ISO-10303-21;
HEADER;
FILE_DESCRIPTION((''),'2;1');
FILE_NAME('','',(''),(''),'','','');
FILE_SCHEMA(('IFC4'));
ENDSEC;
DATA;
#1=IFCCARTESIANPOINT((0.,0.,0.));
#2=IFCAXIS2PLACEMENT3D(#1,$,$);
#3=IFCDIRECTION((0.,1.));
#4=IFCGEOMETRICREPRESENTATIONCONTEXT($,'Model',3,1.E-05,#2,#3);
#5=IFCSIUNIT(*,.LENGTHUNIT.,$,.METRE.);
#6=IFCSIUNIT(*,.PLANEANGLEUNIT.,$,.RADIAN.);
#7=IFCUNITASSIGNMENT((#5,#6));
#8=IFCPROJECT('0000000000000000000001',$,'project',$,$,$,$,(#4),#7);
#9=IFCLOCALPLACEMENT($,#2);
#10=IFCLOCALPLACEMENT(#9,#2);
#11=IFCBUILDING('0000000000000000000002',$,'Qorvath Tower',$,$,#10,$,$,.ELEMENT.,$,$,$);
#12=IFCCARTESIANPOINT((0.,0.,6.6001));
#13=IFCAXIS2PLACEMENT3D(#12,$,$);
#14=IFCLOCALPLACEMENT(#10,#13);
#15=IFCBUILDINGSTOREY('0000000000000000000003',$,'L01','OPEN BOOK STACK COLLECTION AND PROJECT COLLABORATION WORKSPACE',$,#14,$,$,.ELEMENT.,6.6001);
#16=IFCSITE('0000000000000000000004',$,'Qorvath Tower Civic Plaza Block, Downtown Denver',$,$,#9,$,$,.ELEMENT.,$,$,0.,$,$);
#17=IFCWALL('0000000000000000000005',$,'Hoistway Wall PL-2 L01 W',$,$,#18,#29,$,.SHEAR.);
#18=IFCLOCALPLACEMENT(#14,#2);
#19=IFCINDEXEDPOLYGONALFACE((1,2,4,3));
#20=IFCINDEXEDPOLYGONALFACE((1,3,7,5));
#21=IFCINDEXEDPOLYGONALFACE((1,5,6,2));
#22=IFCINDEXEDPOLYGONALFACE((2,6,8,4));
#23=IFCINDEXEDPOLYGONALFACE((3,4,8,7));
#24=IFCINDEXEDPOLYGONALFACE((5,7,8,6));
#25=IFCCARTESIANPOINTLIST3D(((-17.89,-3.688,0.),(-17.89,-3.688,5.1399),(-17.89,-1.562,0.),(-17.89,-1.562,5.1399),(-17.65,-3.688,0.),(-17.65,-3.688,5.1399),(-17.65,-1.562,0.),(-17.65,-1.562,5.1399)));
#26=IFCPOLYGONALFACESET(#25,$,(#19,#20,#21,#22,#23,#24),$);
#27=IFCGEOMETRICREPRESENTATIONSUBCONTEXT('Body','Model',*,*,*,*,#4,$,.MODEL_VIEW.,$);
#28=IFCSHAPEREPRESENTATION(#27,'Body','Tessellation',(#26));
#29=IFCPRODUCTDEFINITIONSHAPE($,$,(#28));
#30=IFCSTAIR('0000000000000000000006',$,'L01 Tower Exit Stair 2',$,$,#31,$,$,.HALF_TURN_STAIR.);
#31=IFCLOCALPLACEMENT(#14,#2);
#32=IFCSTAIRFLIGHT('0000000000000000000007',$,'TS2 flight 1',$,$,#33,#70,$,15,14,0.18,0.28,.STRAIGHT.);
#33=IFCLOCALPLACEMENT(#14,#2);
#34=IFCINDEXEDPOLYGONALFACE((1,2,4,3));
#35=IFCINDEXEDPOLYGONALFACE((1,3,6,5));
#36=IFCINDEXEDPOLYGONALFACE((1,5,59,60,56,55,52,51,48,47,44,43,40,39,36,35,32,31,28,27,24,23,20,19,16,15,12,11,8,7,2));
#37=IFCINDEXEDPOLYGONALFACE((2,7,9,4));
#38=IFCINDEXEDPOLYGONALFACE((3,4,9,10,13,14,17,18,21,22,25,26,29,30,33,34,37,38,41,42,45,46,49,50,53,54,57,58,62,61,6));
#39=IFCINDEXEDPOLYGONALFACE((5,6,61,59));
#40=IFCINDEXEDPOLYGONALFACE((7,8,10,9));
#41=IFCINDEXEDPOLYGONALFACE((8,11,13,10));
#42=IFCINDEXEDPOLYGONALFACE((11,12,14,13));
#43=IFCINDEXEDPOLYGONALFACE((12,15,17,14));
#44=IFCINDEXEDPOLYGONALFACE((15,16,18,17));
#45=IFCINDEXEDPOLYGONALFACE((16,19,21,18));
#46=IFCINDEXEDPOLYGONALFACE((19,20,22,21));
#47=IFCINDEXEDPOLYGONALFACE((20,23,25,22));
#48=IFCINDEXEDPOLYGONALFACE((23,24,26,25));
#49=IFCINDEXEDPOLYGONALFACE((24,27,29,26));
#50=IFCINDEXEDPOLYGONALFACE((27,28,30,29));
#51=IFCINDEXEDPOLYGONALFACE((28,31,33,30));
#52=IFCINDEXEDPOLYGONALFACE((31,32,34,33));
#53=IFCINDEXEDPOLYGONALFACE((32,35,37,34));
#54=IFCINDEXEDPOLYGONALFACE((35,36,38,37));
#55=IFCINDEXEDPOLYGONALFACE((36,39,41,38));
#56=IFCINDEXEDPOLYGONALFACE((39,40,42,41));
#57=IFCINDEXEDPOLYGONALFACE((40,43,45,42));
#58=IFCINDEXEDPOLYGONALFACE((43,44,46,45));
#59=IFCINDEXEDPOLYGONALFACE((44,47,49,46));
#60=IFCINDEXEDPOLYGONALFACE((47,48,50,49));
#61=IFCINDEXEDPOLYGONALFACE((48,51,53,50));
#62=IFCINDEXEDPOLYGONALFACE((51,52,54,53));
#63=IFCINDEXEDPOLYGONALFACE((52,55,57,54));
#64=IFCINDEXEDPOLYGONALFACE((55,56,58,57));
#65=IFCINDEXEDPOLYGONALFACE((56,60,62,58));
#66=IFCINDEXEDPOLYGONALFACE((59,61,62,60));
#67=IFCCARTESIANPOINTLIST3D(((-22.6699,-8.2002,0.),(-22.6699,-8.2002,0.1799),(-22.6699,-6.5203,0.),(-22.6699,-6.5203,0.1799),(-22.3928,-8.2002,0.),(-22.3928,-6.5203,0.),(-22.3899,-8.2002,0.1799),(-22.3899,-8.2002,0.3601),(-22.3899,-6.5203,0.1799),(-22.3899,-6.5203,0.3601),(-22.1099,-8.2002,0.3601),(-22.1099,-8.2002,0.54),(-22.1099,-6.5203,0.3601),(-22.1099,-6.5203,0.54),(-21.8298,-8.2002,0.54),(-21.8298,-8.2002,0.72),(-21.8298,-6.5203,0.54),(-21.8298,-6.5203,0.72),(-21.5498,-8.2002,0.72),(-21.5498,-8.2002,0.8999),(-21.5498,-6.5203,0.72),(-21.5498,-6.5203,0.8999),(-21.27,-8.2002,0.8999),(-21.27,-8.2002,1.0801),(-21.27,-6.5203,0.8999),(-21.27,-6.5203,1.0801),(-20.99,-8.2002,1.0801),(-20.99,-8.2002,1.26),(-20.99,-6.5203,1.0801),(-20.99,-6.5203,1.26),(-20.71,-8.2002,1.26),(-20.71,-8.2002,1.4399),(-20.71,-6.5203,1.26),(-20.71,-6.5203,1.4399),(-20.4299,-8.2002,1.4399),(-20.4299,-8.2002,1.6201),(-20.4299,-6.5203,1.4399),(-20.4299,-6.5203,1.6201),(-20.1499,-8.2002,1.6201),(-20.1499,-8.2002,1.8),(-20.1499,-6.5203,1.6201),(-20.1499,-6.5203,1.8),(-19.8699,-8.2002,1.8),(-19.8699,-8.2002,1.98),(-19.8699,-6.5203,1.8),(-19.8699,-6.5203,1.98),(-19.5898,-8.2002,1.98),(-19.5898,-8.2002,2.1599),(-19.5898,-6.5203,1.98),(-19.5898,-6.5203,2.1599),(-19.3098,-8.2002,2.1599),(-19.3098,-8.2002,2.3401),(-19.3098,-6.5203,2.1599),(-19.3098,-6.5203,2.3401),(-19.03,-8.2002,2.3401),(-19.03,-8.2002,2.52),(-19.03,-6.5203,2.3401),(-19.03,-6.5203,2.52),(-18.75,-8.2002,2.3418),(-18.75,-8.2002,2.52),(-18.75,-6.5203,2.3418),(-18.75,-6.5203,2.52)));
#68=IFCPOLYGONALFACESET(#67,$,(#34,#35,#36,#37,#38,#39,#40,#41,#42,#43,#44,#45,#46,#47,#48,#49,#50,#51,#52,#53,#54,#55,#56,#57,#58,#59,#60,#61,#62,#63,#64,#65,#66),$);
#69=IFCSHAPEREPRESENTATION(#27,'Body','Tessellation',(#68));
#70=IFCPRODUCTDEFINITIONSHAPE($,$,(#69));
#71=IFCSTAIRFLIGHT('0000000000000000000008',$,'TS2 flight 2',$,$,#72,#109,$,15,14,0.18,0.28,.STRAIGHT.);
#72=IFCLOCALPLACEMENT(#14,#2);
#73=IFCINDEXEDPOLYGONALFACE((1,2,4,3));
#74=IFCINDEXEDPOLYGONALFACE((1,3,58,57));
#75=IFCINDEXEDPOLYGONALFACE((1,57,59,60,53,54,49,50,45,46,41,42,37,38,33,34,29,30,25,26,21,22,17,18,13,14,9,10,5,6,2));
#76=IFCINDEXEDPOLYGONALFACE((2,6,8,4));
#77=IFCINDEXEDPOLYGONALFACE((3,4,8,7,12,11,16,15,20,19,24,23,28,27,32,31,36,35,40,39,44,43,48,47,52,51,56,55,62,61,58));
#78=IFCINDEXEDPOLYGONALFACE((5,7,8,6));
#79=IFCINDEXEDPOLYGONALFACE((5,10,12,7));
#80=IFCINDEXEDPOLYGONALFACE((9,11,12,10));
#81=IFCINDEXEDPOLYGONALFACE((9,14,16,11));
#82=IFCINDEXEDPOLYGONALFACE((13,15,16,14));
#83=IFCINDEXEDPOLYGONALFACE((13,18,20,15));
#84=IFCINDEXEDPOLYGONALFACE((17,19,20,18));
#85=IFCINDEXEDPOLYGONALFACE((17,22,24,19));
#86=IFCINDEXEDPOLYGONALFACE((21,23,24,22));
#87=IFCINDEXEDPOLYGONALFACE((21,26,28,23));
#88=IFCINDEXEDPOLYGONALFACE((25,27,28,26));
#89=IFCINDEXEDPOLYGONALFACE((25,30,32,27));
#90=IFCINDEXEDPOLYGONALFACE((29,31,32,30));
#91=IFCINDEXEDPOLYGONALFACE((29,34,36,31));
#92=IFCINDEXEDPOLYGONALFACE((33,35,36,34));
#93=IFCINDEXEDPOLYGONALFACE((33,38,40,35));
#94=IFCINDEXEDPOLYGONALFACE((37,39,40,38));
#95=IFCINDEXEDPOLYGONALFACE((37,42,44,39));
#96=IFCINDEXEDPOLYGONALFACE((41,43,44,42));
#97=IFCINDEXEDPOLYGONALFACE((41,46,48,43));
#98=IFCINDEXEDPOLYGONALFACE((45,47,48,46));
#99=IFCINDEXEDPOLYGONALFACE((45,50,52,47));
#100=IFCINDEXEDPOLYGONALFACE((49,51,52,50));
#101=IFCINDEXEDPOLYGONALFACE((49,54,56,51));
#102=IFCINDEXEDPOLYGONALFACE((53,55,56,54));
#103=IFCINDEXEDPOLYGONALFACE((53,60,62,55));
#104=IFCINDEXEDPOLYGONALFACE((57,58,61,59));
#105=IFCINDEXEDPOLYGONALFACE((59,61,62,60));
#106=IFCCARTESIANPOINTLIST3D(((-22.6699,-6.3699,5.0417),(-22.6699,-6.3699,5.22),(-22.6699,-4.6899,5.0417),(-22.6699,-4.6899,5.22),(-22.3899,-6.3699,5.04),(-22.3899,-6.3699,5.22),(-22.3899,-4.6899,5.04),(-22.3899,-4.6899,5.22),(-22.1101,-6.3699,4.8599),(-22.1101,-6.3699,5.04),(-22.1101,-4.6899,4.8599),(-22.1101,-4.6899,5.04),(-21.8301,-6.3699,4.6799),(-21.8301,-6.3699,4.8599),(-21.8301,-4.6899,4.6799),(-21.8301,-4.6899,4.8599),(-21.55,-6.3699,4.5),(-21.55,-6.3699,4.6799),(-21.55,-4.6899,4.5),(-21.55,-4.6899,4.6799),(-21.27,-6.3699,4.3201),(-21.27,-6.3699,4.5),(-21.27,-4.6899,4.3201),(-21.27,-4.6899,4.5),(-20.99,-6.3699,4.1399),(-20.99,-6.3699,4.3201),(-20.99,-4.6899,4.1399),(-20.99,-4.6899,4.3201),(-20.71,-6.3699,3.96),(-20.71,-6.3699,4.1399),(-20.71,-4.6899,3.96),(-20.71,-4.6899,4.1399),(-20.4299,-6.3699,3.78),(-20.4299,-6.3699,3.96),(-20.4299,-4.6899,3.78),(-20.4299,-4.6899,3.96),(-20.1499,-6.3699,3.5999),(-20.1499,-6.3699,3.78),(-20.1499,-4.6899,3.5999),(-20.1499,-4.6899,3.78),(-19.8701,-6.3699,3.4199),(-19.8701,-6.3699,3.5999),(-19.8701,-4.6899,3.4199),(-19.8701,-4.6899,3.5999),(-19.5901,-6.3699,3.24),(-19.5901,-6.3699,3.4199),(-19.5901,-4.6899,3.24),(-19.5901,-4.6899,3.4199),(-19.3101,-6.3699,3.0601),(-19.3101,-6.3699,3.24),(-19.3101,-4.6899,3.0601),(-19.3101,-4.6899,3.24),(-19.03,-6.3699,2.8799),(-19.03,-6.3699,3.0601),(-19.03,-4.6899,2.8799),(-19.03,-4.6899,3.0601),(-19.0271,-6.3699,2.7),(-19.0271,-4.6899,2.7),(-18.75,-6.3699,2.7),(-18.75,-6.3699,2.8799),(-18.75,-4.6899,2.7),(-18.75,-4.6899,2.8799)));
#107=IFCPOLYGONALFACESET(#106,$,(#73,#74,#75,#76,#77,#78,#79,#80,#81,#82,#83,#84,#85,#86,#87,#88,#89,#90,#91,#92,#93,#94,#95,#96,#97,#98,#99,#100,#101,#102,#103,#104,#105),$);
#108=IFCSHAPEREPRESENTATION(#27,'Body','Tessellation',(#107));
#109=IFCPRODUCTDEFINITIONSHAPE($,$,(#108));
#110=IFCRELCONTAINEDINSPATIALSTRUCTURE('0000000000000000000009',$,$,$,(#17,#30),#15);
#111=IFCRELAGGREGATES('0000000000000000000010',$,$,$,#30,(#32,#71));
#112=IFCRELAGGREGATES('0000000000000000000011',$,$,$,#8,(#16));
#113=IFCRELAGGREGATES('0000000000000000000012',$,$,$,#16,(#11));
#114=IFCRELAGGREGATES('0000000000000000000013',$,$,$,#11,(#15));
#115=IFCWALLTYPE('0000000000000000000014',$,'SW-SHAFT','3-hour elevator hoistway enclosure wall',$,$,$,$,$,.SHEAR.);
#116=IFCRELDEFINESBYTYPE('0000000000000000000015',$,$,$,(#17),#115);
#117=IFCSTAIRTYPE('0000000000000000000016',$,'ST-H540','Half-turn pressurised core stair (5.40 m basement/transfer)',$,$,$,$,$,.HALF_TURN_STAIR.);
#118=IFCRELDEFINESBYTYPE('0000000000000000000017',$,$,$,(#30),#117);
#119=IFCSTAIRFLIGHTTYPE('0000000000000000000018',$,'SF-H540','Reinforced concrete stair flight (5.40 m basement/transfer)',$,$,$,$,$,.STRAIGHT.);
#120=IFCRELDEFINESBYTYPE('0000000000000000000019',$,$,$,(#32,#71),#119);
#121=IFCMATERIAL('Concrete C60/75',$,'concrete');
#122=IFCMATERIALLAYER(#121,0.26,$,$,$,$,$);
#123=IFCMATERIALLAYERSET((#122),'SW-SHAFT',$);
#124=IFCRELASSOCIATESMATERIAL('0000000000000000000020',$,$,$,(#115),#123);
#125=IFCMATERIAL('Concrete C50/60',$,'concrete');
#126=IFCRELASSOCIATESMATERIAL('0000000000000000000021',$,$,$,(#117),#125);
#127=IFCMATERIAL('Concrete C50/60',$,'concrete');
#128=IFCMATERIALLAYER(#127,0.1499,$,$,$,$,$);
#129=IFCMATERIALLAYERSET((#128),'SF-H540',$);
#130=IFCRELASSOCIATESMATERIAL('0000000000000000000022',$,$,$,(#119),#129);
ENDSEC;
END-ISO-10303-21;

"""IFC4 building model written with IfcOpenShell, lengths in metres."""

from ifc_helpers import new_model, si_unit, direction, frame, frame_2d, origin, place, context, subcontext, project, spatial, polyline, rectangle, outline, extrude, material, layer, layer_set, type_object, element, aggregate, save


model = new_model("IFC4")

# Units and contexts
model_context = context("Model", 3, precision=1e-05, world=origin(), true_north=direction((0.0, 1.0)))
body_context = subcontext(model_context, "Body", "Model", "MODEL_VIEW")
ifc_project = project(units=[si_unit("LENGTHUNIT", "METRE"), si_unit("PLANEANGLEUNIT", "RADIAN")], contexts=[model_context])

# Site, building, storey
site_placement = place(None, origin())
site = spatial("IfcSite", under=ifc_project, at=site_placement, Name="Qorvath Tower Civic Plaza Block, Downtown Denver", CompositionType="ELEMENT", RefElevation=0.0)
building_placement = place(site_placement, origin())
building = spatial("IfcBuilding", under=site, at=building_placement, Name="Qorvath Tower", CompositionType="ELEMENT")
storey_placement = place(building_placement, frame((0.0, 0.0, 6.6001)))
storey = spatial("IfcBuildingStorey", under=building, at=storey_placement, Name="L01", Description="OPEN BOOK STACK COLLECTION AND PROJECT COLLABORATION WORKSPACE", CompositionType="ELEMENT", Elevation=6.6001)

# Shared definitions
ifc_material_1 = material(Name="Concrete C60/75", Category="concrete")
ifc_layer_1 = layer(ifc_material_1, 0.26)
ifc_layer_set_1 = layer_set([ifc_layer_1], Name="SW-SHAFT")
wall_type_1 = type_object("IfcWallType", Name="SW-SHAFT", Description="3-hour elevator hoistway enclosure wall", PredefinedType="SHEAR", material=ifc_layer_set_1)

# Wall
wall_1_placement = place(storey_placement, frame((-17.77, -3.688, 0.0), z_axis=(0.0, 0.0, 1.0), x_axis=(0.0, 1.0, 0.0)))
element("IfcWall", 1, at=wall_1_placement, inside=storey, type_object=wall_type_1, Name="Hoistway Wall PL-2 L01 W", PredefinedType="SHEAR", context=body_context, shape_type="SweptSolid", body=[
    extrude(rectangle(XDim=2.126, YDim=0.24, at=frame_2d((1.063, 0.0))), origin(), (0.0, 0.0, 1.0), 5.1399),
])

# Stair, stair flights
ifc_material_2 = material(Name="Concrete C50/60", Category="concrete")
stair_type = type_object("IfcStairType", Name="ST-H540", Description="Half-turn pressurised core stair (5.40 m basement/transfer)", PredefinedType="HALF_TURN_STAIR", material=ifc_material_2)
stair_placement = place(storey_placement, origin())
stair = element("IfcStair", 2, at=stair_placement, inside=storey, type_object=stair_type, Name="L01 Tower Exit Stair 2", PredefinedType="HALF_TURN_STAIR")
ifc_material_3 = material(Name="Concrete C50/60", Category="concrete")
ifc_layer_2 = layer(ifc_material_3, 0.1499)
ifc_layer_set_2 = layer_set([ifc_layer_2], Name="SF-H540")
stair_flight_type = type_object("IfcStairFlightType", Name="SF-H540", Description="Reinforced concrete stair flight (5.40 m basement/transfer)", PredefinedType="STRAIGHT", material=ifc_layer_set_2)
stair_flight_1_placement = place(storey_placement, frame((-22.6699, -7.3601, 0.0), z_axis=(0.0, 0.0, 1.0), x_axis=(1.0, 0.0, 0.0)))
stair_flight_1 = element("IfcStairFlight", 3, at=stair_flight_1_placement, type_object=stair_flight_type, Name="TS2 flight 1", NumberOfRisers=15, NumberOfTreads=14, PredefinedType="STRAIGHT", RiserHeight=0.18, TreadLength=0.28, context=body_context, shape_type="SweptSolid", body=[
    extrude(outline(polyline([(0.0, 0.0), (0.0, 0.1799), (0.28, 0.1799), (0.28, 0.3601), (0.5601, 0.3601), (0.5601, 0.54), (0.8401, 0.54), (0.8401, 0.72), (1.1201, 0.72), (1.1201, 0.8999), (1.3999, 0.8999), (1.3999, 1.0801), (1.6799, 1.0801), (1.6799, 1.26), (1.96, 1.26), (1.96, 1.4399), (2.24, 1.4399), (2.24, 1.6201), (2.52, 1.6201), (2.52, 1.8), (2.8, 1.8), (2.8, 1.98), (3.0801, 1.98), (3.0801, 2.1599), (3.3601, 2.1599), (3.3601, 2.3401), (3.6399, 2.3401), (3.6399, 2.52), (3.9199, 2.52), (3.9199, 2.7), (3.9199, 2.3418), (0.2771, 0.0), (0.0, 0.0)])), frame((0.0, 0.8398, 0.0), z_axis=(0.0, -1.0, 0.0), x_axis=(1.0, 0.0, 0.0)), (0.0, 0.0, 1.0), 1.6799),
])
stair_flight_2_placement = place(storey_placement, frame((-18.75, -5.53, 2.7), z_axis=(0.0, 0.0, 1.0), x_axis=(-1.0, 0.0, 0.0)))
stair_flight_2 = element("IfcStairFlight", 4, at=stair_flight_2_placement, type_object=stair_flight_type, Name="TS2 flight 2", NumberOfRisers=15, NumberOfTreads=14, PredefinedType="STRAIGHT", RiserHeight=0.18, TreadLength=0.28, context=body_context, shape_type="SweptSolid", body=[
    extrude(outline(polyline([(0.0, 0.0), (0.0, 0.1799), (0.28, 0.1799), (0.28, 0.3601), (0.5601, 0.3601), (0.5601, 0.54), (0.8401, 0.54), (0.8401, 0.72), (1.1201, 0.72), (1.1201, 0.8999), (1.3999, 0.8999), (1.3999, 1.0801), (1.6799, 1.0801), (1.6799, 1.26), (1.96, 1.26), (1.96, 1.4399), (2.24, 1.4399), (2.24, 1.6201), (2.52, 1.6201), (2.52, 1.8), (2.8, 1.8), (2.8, 1.98), (3.0801, 1.98), (3.0801, 2.1599), (3.3601, 2.1599), (3.3601, 2.3401), (3.6399, 2.3401), (3.6399, 2.52), (3.9199, 2.52), (3.9199, 2.7), (3.9199, 2.3418), (0.2771, 0.0), (0.0, 0.0)])), frame((0.0, 0.8398, 0.0), z_axis=(0.0, -1.0, 0.0), x_axis=(1.0, 0.0, 0.0)), (0.0, 0.0, 1.0), 1.6799),
])
aggregate(stair, [stair_flight_1, stair_flight_2])

save(model, "model.ifc")
